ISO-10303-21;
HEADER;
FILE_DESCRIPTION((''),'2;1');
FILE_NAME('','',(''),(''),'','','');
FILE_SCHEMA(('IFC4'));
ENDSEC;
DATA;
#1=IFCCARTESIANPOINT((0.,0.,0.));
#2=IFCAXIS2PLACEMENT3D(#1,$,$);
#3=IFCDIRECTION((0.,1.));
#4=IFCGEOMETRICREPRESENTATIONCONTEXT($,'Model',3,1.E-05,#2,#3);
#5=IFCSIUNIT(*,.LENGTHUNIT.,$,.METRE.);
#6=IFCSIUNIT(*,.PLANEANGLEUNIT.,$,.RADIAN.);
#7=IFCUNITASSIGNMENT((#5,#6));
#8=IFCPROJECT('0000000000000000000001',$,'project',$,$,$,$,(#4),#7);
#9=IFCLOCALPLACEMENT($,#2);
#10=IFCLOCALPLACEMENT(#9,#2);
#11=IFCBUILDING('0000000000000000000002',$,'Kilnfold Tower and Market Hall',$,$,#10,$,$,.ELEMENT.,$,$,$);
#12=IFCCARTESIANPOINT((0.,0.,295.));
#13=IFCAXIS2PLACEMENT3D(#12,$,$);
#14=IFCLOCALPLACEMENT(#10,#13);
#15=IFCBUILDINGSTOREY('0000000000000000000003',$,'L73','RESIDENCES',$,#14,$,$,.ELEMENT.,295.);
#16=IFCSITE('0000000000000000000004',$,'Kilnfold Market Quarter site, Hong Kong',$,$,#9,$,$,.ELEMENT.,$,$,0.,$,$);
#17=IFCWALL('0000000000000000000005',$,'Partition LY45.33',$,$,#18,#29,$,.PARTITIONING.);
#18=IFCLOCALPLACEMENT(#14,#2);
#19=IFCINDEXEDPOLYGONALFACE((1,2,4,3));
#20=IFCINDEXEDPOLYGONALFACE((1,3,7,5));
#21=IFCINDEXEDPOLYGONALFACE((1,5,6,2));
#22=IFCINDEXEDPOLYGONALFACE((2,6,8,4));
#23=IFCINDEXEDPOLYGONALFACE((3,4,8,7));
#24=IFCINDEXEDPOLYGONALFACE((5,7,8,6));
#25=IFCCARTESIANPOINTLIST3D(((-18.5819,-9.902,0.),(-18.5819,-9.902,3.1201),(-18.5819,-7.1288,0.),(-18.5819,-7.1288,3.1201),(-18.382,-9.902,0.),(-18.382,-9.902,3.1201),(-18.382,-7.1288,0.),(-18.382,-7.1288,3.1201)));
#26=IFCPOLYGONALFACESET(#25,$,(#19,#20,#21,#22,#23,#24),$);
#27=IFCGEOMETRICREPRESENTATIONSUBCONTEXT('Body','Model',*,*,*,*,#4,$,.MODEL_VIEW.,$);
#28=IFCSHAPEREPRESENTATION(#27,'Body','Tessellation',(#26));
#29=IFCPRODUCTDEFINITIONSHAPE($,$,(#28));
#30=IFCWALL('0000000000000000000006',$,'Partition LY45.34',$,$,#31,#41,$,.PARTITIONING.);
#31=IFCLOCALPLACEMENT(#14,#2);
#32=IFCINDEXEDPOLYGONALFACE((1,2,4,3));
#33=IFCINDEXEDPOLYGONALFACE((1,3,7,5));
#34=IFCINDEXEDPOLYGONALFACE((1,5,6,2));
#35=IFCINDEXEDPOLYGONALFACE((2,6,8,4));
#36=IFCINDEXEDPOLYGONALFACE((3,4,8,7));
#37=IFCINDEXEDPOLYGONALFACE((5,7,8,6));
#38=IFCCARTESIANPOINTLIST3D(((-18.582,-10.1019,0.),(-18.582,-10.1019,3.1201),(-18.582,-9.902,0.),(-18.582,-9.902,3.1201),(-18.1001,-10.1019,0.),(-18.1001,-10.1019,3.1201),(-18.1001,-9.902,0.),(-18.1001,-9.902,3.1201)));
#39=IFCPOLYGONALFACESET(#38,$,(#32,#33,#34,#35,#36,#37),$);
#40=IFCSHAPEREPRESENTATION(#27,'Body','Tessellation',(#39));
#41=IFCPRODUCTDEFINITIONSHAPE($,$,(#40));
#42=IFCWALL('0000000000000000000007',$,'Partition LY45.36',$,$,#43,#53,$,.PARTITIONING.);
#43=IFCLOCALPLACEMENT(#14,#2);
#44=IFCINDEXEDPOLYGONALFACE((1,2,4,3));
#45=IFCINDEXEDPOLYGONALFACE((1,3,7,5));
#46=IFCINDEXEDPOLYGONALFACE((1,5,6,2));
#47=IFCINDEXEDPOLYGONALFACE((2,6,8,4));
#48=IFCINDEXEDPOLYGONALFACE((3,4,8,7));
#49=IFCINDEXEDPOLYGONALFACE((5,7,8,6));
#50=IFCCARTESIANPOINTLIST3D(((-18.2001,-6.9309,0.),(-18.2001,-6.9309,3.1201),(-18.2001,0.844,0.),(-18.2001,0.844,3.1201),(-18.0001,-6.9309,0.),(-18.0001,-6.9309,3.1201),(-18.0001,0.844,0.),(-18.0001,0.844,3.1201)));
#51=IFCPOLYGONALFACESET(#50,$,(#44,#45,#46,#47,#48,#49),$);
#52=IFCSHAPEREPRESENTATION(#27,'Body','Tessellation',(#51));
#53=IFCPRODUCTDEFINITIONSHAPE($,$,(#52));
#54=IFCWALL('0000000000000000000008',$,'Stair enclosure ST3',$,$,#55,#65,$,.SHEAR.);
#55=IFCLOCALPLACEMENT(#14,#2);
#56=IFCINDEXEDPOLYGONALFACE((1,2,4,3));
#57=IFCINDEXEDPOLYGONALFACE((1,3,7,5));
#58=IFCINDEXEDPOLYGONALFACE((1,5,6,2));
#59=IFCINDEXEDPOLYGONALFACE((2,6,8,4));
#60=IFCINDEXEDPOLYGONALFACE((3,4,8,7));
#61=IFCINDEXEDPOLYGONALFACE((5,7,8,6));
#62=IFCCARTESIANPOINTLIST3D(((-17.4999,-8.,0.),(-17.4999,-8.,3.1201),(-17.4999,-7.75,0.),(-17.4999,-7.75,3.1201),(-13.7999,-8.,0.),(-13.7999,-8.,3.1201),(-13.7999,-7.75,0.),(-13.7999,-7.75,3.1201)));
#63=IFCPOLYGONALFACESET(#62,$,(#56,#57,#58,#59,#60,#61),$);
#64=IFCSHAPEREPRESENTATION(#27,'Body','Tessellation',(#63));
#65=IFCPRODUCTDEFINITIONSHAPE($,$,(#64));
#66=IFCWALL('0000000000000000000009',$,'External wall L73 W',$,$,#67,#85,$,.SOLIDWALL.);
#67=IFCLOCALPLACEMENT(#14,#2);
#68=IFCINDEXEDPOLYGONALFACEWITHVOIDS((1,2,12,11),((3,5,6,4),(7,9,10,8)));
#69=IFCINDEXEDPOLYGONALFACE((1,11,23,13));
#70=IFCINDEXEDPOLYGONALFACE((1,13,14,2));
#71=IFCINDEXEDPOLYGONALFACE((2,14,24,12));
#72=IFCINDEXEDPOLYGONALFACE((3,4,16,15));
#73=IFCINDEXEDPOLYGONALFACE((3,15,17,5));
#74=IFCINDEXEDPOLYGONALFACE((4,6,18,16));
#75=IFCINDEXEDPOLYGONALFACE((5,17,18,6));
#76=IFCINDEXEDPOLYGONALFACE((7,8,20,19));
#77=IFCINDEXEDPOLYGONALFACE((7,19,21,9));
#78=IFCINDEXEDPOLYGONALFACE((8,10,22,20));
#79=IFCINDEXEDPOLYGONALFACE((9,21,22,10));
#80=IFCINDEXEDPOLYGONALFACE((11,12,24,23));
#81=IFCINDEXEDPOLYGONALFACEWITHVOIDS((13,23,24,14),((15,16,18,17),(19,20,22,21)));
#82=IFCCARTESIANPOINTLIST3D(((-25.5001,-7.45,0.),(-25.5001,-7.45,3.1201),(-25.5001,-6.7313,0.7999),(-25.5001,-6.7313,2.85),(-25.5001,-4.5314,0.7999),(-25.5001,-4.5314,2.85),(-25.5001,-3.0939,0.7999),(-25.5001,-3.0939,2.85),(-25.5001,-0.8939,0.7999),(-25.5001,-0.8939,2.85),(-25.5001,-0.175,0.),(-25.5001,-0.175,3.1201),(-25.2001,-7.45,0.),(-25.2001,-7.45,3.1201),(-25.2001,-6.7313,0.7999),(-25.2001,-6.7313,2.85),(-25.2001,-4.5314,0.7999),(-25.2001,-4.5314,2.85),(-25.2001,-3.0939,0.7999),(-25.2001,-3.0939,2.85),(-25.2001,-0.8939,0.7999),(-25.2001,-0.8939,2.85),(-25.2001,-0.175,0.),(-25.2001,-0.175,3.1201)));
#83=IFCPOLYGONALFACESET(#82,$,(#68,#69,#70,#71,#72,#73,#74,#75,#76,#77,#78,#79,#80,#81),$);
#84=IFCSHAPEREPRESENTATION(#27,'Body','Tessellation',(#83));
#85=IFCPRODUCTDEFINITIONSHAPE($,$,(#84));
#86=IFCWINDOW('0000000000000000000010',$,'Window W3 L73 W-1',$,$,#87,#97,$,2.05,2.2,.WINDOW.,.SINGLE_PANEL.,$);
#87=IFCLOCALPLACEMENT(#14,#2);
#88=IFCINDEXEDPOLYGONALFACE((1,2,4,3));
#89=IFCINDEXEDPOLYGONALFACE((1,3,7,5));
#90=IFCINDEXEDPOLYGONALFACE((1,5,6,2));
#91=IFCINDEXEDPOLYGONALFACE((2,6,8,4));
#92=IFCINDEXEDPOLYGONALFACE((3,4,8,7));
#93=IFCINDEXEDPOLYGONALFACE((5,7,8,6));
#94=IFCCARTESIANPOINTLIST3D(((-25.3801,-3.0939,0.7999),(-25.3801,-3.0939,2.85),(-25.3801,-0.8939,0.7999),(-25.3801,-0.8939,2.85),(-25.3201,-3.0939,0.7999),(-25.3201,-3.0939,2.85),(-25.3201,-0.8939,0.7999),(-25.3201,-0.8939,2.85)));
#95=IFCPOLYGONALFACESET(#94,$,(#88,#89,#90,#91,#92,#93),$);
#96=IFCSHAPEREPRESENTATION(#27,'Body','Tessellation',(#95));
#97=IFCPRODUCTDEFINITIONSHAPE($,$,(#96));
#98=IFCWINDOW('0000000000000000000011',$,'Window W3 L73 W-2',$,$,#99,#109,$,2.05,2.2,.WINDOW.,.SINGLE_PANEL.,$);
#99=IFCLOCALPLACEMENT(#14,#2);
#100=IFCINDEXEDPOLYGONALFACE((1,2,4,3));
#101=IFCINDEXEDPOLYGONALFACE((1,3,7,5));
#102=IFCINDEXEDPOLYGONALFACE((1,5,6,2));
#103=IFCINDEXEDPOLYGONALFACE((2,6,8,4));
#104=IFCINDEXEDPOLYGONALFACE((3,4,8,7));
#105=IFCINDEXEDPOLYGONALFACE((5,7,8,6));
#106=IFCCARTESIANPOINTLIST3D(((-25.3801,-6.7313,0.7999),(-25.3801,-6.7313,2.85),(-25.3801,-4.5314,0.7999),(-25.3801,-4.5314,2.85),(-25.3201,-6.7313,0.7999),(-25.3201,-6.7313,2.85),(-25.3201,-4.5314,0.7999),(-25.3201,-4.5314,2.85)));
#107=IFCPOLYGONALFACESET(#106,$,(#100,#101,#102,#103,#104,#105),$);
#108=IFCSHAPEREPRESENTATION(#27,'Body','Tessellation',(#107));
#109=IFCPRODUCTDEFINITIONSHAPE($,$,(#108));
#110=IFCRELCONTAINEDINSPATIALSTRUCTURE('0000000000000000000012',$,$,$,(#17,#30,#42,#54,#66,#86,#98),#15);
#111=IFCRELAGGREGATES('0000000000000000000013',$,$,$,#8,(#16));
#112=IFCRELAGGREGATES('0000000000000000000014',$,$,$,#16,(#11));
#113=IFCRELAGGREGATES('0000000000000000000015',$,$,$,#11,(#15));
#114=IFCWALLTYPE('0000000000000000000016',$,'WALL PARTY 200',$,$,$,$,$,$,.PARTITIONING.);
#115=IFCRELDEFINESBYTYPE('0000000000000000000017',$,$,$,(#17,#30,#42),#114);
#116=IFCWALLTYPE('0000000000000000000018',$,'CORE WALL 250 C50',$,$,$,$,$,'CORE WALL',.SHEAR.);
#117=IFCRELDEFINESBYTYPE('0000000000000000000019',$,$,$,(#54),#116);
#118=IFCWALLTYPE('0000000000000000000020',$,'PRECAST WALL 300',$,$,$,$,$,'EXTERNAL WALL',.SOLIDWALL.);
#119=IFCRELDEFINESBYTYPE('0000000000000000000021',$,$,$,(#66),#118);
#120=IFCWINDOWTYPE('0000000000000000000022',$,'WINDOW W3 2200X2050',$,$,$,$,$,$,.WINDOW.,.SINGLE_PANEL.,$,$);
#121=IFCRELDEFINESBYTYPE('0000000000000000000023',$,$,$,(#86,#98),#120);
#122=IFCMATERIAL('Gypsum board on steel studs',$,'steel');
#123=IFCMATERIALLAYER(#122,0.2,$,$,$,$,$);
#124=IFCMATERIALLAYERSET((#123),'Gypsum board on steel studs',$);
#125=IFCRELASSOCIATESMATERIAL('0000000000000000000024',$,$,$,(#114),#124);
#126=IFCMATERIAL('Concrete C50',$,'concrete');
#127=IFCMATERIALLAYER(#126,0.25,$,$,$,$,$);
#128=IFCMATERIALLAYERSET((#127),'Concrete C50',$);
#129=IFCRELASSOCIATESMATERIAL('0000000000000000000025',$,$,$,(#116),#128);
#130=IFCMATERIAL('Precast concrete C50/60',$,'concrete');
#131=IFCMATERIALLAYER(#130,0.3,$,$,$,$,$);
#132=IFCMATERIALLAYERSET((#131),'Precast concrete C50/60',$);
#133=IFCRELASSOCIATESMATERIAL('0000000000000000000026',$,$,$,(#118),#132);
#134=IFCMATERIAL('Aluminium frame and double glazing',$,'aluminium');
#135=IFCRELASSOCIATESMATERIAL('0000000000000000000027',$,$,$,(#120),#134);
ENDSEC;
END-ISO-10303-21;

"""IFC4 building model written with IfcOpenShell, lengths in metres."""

from ifc_helpers import new_model, si_unit, direction, frame, frame_2d, origin, place, context, subcontext, project, spatial, rectangle, extrude, source, transform, mapped, material, layer, layer_set, type_object, element, fill, save


model = new_model("IFC4")

# Units and contexts
model_context = context("Model", 3, precision=1e-05, world=origin(), true_north=direction((0.0, 1.0)))
body_context = subcontext(model_context, "Body", "Model", "MODEL_VIEW")
ifc_project = project(units=[si_unit("LENGTHUNIT", "METRE"), si_unit("PLANEANGLEUNIT", "RADIAN")], contexts=[model_context])

# Site, building, storey
site_placement = place(None, origin())
site = spatial("IfcSite", under=ifc_project, at=site_placement, Name="Kilnfold Market Quarter site, Hong Kong", CompositionType="ELEMENT", RefElevation=0.0)
building_placement = place(site_placement, origin())
building = spatial("IfcBuilding", under=site, at=building_placement, Name="Kilnfold Tower and Market Hall", CompositionType="ELEMENT")
storey_placement = place(building_placement, frame((0.0, 0.0, 295.0)))
storey = spatial("IfcBuildingStorey", under=building, at=storey_placement, Name="L73", Description="RESIDENCES", CompositionType="ELEMENT", Elevation=295.0)

# Walls
ifc_material_1 = material(Name="Gypsum board on steel studs", Category="steel")
ifc_layer_1 = layer(ifc_material_1, 0.2)
ifc_layer_set_1 = layer_set([ifc_layer_1], Name="Gypsum board on steel studs")
wall_type_1 = type_object("IfcWallType", Name="WALL PARTY 200", PredefinedType="PARTITIONING", material=ifc_layer_set_1)
wall_1_placement = place(storey_placement, frame((-18.4819, -9.9021, 0.0), z_axis=(0.0, 0.0, 1.0), x_axis=(0.0, 1.0, 0.0)))
element("IfcWall", 1, at=wall_1_placement, inside=storey, type_object=wall_type_1, Name="Partition LY45.33", PredefinedType="PARTITIONING", context=body_context, shape_type="SweptSolid", body=[
    extrude(rectangle(XDim=2.7732, YDim=0.2, at=frame_2d((1.3867, 0.0))), origin(), (0.0, 0.0, 1.0), 3.1201),
])
wall_2_placement = place(storey_placement, frame((-18.1001, -10.002, 0.0), z_axis=(0.0, 0.0, 1.0), x_axis=(-1.0, 0.0, 0.0)))
element("IfcWall", 2, at=wall_2_placement, inside=storey, type_object=wall_type_1, Name="Partition LY45.34", PredefinedType="PARTITIONING", context=body_context, shape_type="SweptSolid", body=[
    extrude(rectangle(XDim=0.4819, YDim=0.2, at=frame_2d((0.241, 0.0))), origin(), (0.0, 0.0, 1.0), 3.1201),
])
wall_3_placement = place(storey_placement, frame((-18.1001, -6.9309, 0.0), z_axis=(0.0, 0.0, 1.0), x_axis=(0.0, 1.0, 0.0)))
element("IfcWall", 3, at=wall_3_placement, inside=storey, type_object=wall_type_1, Name="Partition LY45.36", PredefinedType="PARTITIONING", context=body_context, shape_type="SweptSolid", body=[
    extrude(rectangle(XDim=7.7749, YDim=0.2, at=frame_2d((3.8875, 0.0))), origin(), (0.0, 0.0, 1.0), 3.1201),
])
ifc_material_2 = material(Name="Concrete C50", Category="concrete")
ifc_layer_2 = layer(ifc_material_2, 0.25)
ifc_layer_set_2 = layer_set([ifc_layer_2], Name="Concrete C50")
wall_type_2 = type_object("IfcWallType", Name="CORE WALL 250 C50", ElementType="CORE WALL", PredefinedType="SHEAR", material=ifc_layer_set_2)
shared_shape_1 = source(origin(), body_context, "Body", "SweptSolid", [
    extrude(rectangle(XDim=3.7, YDim=0.25, at=frame_2d((1.8501, 0.0))), origin(), (0.0, 0.0, 1.0), 3.1201),
])
wall_4_placement = place(storey_placement, frame((-17.5, -7.875, 0.0), z_axis=(0.0, 0.0, 1.0), x_axis=(1.0, 0.0, 0.0)))
element("IfcWall", 4, at=wall_4_placement, inside=storey, type_object=wall_type_2, Name="Stair enclosure ST3", PredefinedType="SHEAR", context=body_context, shape_type="MappedRepresentation", body=[
    mapped(shared_shape_1, transform((0.0, 0.0, 0.0))),
])

# Wall, openings, windows
ifc_material_3 = material(Name="Precast concrete C50/60", Category="concrete")
ifc_layer_3 = layer(ifc_material_3, 0.3)
ifc_layer_set_3 = layer_set([ifc_layer_3], Name="Precast concrete C50/60")
wall_type_3 = type_object("IfcWallType", Name="PRECAST WALL 300", ElementType="EXTERNAL WALL", PredefinedType="SOLIDWALL", material=ifc_layer_set_3)
shared_shape_2 = source(origin(), body_context, "Body", "SweptSolid", [
    extrude(rectangle(XDim=7.2749, YDim=0.3, at=frame_2d((3.6375, 0.0))), origin(), (0.0, 0.0, 1.0), 3.1201),
])
wall_5_placement = place(storey_placement, frame((-25.3501, -0.175, 0.0), z_axis=(0.0, 0.0, 1.0), x_axis=(0.0, -1.0, 0.0)))
wall_5 = element("IfcWall", 5, at=wall_5_placement, inside=storey, type_object=wall_type_3, Name="External wall L73 W", PredefinedType="SOLIDWALL", context=body_context, shape_type="MappedRepresentation", body=[
    mapped(shared_shape_2, transform((0.0, 0.0, 0.0))),
])
opening_1_placement = place(wall_5_placement, frame((0.7188, 0.0, 0.8)))
opening_1 = element("IfcOpeningElement", 6, at=opening_1_placement, cuts=wall_5, PredefinedType="OPENING", context=body_context, shape_type="SweptSolid", body=[
    extrude(rectangle(XDim=2.2, YDim=2.05, at=frame_2d((1.1001, 1.0249))), frame((0.0, 0.1602, 0.0), z_axis=(0.0, -1.0, 0.0), x_axis=(1.0, 0.0, 0.0)), (0.0, 0.0, 1.0), 0.3201),
])
opening_2_placement = place(wall_5_placement, frame((4.3562, 0.0, 0.8)))
opening_2 = element("IfcOpeningElement", 7, at=opening_2_placement, cuts=wall_5, PredefinedType="OPENING", context=body_context, shape_type="SweptSolid", body=[
    extrude(rectangle(XDim=2.2, YDim=2.05, at=frame_2d((1.1001, 1.0249))), frame((0.0, 0.1602, 0.0), z_axis=(0.0, -1.0, 0.0), x_axis=(1.0, 0.0, 0.0)), (0.0, 0.0, 1.0), 0.3201),
])
ifc_material_4 = material(Name="Aluminium frame and double glazing", Category="aluminium")
window_type_1 = type_object("IfcWindowType", Name="WINDOW W3 2200X2050", PartitioningType="SINGLE_PANEL", PredefinedType="WINDOW", material=ifc_material_4)
window_1_placement = place(opening_1_placement, origin())
window_1 = element("IfcWindow", 8, at=window_1_placement, inside=storey, type_object=window_type_1, Name="Window W3 L73 W-1", OverallHeight=2.05, OverallWidth=2.2, PartitioningType="SINGLE_PANEL", PredefinedType="WINDOW", context=body_context, shape_type="SweptSolid", body=[
    extrude(rectangle(XDim=2.2, YDim=2.05, at=frame_2d((1.1001, 1.0249))), frame((0.0, 0.03, 0.0), z_axis=(0.0, -1.0, 0.0), x_axis=(1.0, 0.0, 0.0)), (0.0, 0.0, 1.0), 0.0601),
])
fill(opening_1, window_1)
window_2_placement = place(opening_2_placement, origin())
window_2 = element("IfcWindow", 9, at=window_2_placement, inside=storey, type_object=window_type_1, Name="Window W3 L73 W-2", OverallHeight=2.05, OverallWidth=2.2, PartitioningType="SINGLE_PANEL", PredefinedType="WINDOW", context=body_context, shape_type="SweptSolid", body=[
    extrude(rectangle(XDim=2.2, YDim=2.05, at=frame_2d((1.1001, 1.0249))), frame((0.0, 0.03, 0.0), z_axis=(0.0, -1.0, 0.0), x_axis=(1.0, 0.0, 0.0)), (0.0, 0.0, 1.0), 0.0601),
])
fill(opening_2, window_2)

save(model, "model.ifc")
